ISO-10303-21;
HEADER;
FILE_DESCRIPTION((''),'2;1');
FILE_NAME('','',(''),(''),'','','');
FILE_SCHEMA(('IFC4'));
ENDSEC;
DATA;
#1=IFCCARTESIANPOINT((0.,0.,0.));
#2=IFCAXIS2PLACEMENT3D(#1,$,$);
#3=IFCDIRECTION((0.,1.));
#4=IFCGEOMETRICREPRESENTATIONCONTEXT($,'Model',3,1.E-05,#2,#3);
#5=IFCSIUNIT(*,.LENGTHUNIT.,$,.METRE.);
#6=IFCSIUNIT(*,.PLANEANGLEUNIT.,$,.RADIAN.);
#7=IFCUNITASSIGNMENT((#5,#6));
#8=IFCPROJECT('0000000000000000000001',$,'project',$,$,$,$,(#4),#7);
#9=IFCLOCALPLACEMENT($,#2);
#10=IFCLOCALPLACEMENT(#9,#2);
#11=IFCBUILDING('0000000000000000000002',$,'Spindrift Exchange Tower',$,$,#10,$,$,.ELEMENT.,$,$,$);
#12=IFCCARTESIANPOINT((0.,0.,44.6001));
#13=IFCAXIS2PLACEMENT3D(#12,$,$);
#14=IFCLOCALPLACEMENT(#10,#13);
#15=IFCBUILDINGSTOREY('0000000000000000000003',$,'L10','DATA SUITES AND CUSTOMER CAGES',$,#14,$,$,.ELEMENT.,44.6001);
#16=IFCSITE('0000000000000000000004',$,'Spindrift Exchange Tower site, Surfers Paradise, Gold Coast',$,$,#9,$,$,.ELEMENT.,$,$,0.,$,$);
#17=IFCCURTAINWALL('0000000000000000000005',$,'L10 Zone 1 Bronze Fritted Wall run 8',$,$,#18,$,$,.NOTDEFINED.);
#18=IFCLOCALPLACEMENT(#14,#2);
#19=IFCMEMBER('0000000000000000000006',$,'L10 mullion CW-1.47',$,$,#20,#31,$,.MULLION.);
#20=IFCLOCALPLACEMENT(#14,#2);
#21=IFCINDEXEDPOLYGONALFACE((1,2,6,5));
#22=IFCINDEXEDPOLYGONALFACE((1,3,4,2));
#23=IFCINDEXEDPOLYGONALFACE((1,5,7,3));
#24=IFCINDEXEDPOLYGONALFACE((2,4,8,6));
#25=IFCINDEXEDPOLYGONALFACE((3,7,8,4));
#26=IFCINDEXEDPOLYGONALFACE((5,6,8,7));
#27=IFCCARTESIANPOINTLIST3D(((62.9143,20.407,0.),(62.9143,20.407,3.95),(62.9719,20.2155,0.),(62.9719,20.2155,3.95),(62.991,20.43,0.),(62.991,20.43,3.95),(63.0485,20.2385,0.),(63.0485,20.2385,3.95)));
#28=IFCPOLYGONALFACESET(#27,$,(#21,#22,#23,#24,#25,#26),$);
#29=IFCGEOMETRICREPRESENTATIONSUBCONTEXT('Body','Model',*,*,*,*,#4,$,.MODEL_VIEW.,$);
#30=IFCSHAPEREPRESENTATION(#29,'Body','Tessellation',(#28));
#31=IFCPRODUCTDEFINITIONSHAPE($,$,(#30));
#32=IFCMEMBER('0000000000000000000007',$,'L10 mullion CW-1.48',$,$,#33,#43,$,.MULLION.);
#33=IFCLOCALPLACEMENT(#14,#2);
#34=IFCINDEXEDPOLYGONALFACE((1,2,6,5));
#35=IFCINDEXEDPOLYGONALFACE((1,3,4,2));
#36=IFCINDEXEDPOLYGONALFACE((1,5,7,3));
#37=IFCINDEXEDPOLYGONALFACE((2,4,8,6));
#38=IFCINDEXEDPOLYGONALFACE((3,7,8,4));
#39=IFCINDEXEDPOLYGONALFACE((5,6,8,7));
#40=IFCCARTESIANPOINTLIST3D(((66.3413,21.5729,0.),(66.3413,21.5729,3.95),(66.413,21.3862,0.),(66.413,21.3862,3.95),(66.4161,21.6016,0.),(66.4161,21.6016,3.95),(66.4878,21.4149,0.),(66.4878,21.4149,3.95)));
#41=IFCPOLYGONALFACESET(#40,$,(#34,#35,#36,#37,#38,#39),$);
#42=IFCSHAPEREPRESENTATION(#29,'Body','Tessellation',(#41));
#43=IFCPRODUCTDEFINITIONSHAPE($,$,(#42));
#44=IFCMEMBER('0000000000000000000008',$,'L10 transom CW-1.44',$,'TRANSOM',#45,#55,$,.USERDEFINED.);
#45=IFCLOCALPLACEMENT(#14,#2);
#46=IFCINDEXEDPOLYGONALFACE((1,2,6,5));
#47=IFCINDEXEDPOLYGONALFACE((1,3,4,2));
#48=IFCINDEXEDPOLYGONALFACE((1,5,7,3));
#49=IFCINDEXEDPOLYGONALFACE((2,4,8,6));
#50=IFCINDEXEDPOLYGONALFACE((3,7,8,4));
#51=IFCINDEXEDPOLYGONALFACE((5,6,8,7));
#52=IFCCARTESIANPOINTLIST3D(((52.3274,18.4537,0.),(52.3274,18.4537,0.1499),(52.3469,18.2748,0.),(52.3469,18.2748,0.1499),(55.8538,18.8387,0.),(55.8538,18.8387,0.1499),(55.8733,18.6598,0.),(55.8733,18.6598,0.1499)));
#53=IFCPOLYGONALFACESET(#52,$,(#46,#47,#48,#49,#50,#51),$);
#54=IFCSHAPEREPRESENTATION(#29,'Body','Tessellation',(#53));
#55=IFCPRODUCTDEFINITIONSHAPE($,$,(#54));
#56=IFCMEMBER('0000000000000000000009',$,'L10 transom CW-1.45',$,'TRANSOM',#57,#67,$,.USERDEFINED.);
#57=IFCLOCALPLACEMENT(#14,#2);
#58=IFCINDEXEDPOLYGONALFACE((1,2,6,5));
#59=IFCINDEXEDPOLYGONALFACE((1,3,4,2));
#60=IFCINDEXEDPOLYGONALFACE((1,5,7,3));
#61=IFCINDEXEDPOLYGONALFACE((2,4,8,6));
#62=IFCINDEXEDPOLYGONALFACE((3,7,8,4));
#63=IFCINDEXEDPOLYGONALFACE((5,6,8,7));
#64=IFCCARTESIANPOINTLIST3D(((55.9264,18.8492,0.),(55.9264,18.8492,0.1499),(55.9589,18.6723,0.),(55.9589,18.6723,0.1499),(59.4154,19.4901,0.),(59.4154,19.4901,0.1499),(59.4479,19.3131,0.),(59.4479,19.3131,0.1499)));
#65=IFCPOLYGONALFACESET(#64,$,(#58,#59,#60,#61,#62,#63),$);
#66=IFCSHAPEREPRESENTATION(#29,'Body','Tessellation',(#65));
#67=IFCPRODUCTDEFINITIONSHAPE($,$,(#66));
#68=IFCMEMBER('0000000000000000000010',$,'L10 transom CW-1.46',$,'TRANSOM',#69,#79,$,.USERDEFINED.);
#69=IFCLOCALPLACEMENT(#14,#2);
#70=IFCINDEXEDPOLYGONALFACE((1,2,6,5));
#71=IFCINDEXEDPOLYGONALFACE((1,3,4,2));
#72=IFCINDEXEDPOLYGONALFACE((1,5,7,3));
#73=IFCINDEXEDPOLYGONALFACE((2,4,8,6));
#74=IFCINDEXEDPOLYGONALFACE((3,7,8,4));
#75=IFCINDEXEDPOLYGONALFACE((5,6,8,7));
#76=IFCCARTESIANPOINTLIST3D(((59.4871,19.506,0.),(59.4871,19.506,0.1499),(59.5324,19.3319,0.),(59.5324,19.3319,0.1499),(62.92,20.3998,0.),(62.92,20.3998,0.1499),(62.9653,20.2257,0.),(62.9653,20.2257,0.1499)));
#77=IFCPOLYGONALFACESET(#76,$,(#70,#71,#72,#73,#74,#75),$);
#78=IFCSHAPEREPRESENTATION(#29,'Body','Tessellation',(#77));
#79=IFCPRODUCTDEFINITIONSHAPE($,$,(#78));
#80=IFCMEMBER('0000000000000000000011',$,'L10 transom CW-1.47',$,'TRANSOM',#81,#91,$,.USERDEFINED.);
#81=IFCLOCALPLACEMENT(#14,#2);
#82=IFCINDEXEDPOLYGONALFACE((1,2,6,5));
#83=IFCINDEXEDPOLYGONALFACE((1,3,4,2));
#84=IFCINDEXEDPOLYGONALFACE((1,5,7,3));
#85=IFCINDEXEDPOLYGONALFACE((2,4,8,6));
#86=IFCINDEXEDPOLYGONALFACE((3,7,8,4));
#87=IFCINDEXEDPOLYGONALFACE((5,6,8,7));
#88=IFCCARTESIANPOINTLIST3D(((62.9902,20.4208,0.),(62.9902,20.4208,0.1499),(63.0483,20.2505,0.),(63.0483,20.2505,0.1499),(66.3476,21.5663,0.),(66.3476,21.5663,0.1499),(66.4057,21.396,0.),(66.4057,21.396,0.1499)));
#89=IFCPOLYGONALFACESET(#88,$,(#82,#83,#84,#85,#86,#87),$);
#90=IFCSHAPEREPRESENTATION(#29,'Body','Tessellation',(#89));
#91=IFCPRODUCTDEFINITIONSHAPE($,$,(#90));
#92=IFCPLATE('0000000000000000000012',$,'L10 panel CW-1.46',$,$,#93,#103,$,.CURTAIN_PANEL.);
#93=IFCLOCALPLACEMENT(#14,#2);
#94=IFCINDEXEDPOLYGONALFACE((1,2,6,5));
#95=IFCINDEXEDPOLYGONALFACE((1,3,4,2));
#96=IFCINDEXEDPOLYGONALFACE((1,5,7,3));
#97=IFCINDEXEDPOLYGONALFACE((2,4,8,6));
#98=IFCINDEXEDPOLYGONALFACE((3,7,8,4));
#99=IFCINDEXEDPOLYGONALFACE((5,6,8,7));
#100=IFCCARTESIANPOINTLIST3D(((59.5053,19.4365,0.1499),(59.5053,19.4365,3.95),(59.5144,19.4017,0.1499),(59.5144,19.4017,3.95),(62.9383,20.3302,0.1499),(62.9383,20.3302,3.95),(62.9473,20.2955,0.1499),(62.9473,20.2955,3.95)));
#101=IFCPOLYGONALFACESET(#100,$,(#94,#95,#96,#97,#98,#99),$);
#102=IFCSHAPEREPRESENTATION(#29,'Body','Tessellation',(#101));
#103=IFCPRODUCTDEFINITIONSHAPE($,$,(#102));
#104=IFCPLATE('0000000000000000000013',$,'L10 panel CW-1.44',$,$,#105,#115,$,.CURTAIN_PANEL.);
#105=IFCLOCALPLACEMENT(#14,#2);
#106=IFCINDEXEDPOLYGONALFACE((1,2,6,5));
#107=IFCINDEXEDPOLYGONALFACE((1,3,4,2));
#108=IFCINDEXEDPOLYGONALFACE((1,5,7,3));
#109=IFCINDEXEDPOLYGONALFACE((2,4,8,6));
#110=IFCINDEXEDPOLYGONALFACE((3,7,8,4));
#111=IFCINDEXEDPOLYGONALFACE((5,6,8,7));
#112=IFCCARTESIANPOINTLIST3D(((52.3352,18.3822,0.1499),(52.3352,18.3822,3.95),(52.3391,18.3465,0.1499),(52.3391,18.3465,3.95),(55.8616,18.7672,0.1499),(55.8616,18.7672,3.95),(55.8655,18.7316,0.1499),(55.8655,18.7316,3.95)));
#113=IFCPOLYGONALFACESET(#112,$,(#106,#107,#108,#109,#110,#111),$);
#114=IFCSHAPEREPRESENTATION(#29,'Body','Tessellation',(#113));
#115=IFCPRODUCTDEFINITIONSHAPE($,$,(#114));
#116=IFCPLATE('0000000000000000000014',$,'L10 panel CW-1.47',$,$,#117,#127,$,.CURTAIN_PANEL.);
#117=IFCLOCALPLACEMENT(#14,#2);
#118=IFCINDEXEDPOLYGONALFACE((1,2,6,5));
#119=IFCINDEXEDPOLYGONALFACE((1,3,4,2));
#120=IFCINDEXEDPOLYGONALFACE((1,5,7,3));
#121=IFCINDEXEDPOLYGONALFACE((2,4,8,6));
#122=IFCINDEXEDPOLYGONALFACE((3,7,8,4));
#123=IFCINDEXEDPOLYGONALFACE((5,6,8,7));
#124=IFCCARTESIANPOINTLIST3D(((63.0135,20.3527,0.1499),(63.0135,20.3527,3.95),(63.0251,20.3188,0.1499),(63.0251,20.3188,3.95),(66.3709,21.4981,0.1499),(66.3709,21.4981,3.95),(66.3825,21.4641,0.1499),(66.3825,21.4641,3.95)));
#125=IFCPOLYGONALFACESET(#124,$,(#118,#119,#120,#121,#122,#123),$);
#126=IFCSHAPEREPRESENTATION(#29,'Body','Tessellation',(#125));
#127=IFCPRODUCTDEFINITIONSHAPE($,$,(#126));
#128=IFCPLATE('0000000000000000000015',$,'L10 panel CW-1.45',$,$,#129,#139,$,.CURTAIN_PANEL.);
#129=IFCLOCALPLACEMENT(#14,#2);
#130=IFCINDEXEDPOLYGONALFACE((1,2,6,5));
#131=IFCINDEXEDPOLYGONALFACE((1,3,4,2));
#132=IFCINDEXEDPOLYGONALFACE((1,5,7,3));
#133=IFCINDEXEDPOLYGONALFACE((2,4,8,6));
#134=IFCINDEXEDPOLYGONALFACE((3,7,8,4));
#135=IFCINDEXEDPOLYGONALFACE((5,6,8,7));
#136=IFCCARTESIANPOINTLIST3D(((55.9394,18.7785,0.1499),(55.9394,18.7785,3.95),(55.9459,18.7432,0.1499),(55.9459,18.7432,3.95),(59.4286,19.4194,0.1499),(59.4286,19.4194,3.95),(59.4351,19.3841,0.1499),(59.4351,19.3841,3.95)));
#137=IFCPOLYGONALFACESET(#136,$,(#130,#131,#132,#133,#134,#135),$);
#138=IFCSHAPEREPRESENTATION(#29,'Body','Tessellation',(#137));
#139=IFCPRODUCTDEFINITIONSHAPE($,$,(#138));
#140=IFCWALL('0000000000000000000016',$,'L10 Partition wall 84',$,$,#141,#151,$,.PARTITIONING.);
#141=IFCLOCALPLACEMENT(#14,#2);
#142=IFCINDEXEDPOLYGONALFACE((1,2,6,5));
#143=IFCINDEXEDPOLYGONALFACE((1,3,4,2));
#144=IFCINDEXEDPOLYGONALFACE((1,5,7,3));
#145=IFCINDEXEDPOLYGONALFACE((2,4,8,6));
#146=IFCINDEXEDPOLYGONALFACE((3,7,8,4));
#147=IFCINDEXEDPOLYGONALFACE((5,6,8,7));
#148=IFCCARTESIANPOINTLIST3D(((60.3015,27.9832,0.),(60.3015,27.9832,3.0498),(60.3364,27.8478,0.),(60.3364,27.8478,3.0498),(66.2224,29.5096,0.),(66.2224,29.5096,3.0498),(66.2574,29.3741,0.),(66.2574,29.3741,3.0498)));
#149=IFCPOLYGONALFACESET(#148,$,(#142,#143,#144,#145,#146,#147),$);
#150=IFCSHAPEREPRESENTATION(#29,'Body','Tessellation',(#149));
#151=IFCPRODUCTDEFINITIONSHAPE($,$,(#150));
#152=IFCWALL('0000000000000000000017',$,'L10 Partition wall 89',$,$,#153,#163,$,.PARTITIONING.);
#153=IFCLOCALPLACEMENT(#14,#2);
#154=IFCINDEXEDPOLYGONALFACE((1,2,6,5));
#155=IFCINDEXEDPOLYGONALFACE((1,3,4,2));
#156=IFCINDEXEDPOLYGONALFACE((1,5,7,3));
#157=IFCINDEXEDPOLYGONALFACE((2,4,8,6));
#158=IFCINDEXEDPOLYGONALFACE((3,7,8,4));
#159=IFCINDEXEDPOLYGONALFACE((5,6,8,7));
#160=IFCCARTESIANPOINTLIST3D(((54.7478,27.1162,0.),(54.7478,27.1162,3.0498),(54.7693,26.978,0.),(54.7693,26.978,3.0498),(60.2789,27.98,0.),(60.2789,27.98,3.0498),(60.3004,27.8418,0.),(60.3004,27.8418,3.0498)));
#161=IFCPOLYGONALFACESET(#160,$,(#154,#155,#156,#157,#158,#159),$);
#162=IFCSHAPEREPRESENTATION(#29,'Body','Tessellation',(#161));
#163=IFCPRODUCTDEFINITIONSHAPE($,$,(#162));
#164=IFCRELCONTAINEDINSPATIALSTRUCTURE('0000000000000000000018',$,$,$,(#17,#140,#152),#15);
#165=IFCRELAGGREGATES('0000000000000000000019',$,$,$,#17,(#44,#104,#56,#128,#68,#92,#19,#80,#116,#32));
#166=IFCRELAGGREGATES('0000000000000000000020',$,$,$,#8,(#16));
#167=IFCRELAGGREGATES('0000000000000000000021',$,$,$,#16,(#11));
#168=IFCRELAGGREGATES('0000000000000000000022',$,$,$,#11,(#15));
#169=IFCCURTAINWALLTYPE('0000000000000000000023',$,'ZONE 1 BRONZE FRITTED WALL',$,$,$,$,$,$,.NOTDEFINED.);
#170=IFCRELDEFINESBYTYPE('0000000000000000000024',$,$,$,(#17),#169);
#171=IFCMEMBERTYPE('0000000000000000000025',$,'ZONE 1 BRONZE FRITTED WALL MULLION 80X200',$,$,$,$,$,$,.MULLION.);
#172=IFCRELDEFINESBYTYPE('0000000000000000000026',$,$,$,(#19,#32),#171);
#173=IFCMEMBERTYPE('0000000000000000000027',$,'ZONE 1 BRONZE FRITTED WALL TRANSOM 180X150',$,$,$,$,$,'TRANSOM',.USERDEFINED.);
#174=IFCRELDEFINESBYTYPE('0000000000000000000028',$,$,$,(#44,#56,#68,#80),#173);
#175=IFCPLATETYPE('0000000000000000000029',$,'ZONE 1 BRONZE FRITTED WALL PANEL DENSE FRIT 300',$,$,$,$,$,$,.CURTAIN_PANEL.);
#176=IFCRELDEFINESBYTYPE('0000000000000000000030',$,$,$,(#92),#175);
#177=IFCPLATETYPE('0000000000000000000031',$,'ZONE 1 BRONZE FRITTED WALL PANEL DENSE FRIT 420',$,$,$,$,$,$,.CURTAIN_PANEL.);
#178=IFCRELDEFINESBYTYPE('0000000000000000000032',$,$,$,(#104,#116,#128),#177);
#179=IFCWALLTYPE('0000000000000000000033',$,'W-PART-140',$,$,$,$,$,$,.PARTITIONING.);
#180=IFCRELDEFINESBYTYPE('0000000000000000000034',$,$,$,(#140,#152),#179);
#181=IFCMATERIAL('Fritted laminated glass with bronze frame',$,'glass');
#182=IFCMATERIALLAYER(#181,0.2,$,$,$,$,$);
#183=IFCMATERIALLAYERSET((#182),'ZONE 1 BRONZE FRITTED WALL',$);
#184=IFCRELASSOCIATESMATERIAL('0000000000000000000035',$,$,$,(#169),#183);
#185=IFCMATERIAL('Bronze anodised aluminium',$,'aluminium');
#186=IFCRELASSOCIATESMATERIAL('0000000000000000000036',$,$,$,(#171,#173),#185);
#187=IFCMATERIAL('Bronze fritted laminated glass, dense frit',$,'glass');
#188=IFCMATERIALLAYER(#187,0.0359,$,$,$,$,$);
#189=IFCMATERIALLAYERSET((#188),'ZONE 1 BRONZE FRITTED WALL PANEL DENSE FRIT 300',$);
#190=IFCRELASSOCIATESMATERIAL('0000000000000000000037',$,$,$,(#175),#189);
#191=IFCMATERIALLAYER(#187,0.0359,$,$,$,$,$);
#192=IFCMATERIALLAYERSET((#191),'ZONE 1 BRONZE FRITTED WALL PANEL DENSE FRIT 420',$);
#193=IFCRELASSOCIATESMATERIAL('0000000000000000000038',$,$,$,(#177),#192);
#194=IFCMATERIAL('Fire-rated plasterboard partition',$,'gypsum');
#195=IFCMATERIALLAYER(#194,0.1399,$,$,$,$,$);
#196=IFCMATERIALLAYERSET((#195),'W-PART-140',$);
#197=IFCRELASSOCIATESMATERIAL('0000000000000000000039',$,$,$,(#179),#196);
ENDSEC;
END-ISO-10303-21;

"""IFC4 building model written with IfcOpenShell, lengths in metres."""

from ifc_helpers import new_model, si_unit, direction, frame, frame_2d, origin, origin_2d, place, context, subcontext, project, spatial, rectangle, extrude, source, transform, mapped, material, layer, layer_set, material_profile, profile_set, type_object, element, aggregate, save


model = new_model("IFC4")

# Units and contexts
model_context = context("Model", 3, precision=1e-05, world=origin(), true_north=direction((0.0, 1.0)))
body_context = subcontext(model_context, "Body", "Model", "MODEL_VIEW")
ifc_project = project(units=[si_unit("LENGTHUNIT", "METRE"), si_unit("PLANEANGLEUNIT", "RADIAN")], contexts=[model_context])

# Site, building, storey
site_placement = place(None, origin())
site = spatial("IfcSite", under=ifc_project, at=site_placement, Name="Spindrift Exchange Tower site, Surfers Paradise, Gold Coast", CompositionType="ELEMENT", RefElevation=0.0)
building_placement = place(site_placement, origin())
building = spatial("IfcBuilding", under=site, at=building_placement, Name="Spindrift Exchange Tower", CompositionType="ELEMENT")
storey_placement = place(building_placement, frame((0.0, 0.0, 44.6001)))
storey = spatial("IfcBuildingStorey", under=building, at=storey_placement, Name="L10", Description="DATA SUITES AND CUSTOMER CAGES", CompositionType="ELEMENT", Elevation=44.6001)

# Curtain wall, members, plates
ifc_material_1 = material(Name="Fritted laminated glass with bronze frame", Category="glass")
ifc_layer_1 = layer(ifc_material_1, 0.2)
ifc_layer_set_1 = layer_set([ifc_layer_1], Name="ZONE 1 BRONZE FRITTED WALL")
curtain_wall_type = type_object("IfcCurtainWallType", Name="ZONE 1 BRONZE FRITTED WALL", PredefinedType="NOTDEFINED", material=ifc_layer_set_1)
curtain_wall_placement = place(storey_placement, origin())
curtain_wall = element("IfcCurtainWall", 1, at=curtain_wall_placement, inside=storey, type_object=curtain_wall_type, Name="L10 Zone 1 Bronze Fritted Wall run 8", PredefinedType="NOTDEFINED")
ifc_material_2 = material(Name="Bronze anodised aluminium", Category="aluminium")
ifc_material_profile_1 = material_profile(ifc_material_2, rectangle(XDim=0.0801, YDim=0.2, at=origin_2d()), Name="ZONE 1 BRONZE FRITTED WALL MULLION 80X200")
ifc_profile_set_1 = profile_set([ifc_material_profile_1], Name="Bronze anodised aluminium")
member_type_1 = type_object("IfcMemberType", Name="ZONE 1 BRONZE FRITTED WALL MULLION 80X200", PredefinedType="MULLION", material=ifc_profile_set_1)
shared_shape_1 = source(origin(), body_context, "Body", "SweptSolid", [
    extrude(rectangle(XDim=0.0801, YDim=0.2, at=origin_2d()), origin(), (0.0, 0.0, 1.0), 3.95),
])
member_1_placement = place(storey_placement, frame((62.9814, 20.3228, 0.0), z_axis=(0.0, 0.0, 1.0), x_axis=(0.957747, 0.287611, 0.0)))
member_1 = element("IfcMember", 2, at=member_1_placement, type_object=member_type_1, Name="L10 mullion CW-1.47", PredefinedType="MULLION", context=body_context, shape_type="MappedRepresentation", body=[
    mapped(shared_shape_1, transform((0.0, 0.0, 0.0), scale=1.0)),
])
member_2_placement = place(storey_placement, frame((66.4146, 21.4939, 0.0), z_axis=(0.0, 0.0, 1.0), x_axis=(0.933505, 0.358565, 0.0)))
member_2 = element("IfcMember", 3, at=member_2_placement, type_object=member_type_1, Name="L10 mullion CW-1.48", PredefinedType="MULLION", context=body_context, shape_type="MappedRepresentation", body=[
    mapped(shared_shape_1, transform((0.0, 0.0, 0.0), scale=1.0)),
])
ifc_material_profile_2 = material_profile(ifc_material_2, rectangle(XDim=0.1799, YDim=0.1499, at=origin_2d()), Name="ZONE 1 BRONZE FRITTED WALL TRANSOM 180X150")
ifc_profile_set_2 = profile_set([ifc_material_profile_2], Name="Bronze anodised aluminium")
member_type_2 = type_object("IfcMemberType", Name="ZONE 1 BRONZE FRITTED WALL TRANSOM 180X150", ElementType="TRANSOM", PredefinedType="USERDEFINED", material=ifc_profile_set_2)
shared_shape_2 = source(origin(), body_context, "Body", "SweptSolid", [
    extrude(rectangle(XDim=0.1799, YDim=0.1499, at=origin_2d()), origin(), (0.0, 0.0, 1.0), 3.5474),
])
member_3_placement = place(storey_placement, frame((52.3372, 18.3643, 0.075), z_axis=(0.994093, 0.108535, 0.0), x_axis=(-0.108535, 0.994093, 0.0)))
member_3 = element("IfcMember", 4, at=member_3_placement, type_object=member_type_2, Name="L10 transom CW-1.44", ObjectType="TRANSOM", PredefinedType="USERDEFINED", context=body_context, shape_type="MappedRepresentation", body=[
    mapped(shared_shape_2, transform((0.0, 0.0, 0.0), scale=1.0)),
])
member_4_placement = place(storey_placement, frame((55.9426, 18.7607, 0.075), z_axis=(0.983546, 0.18066, 0.0), x_axis=(-0.18066, 0.983546, 0.0)))
member_4 = element("IfcMember", 5, at=member_4_placement, type_object=member_type_2, Name="L10 transom CW-1.45", ObjectType="TRANSOM", PredefinedType="USERDEFINED", context=body_context, shape_type="MappedRepresentation", body=[
    mapped(shared_shape_2, transform((0.0, 0.0, 0.0), scale=1.0)),
])
member_5_placement = place(storey_placement, frame((59.5098, 19.4189, 0.075), z_axis=(0.967736, 0.251965, 0.0), x_axis=(-0.251965, 0.967736, 0.0)))
member_5 = element("IfcMember", 6, at=member_5_placement, type_object=member_type_2, Name="L10 transom CW-1.46", ObjectType="TRANSOM", PredefinedType="USERDEFINED", context=body_context, shape_type="MappedRepresentation", body=[
    mapped(shared_shape_2, transform((0.0, 0.0, 0.0), scale=1.0)),
])
member_6_placement = place(storey_placement, frame((63.0193, 20.3357, 0.075), z_axis=(0.94643, 0.322909, 0.0), x_axis=(-0.322909, 0.94643, 0.0)))
member_6 = element("IfcMember", 7, at=member_6_placement, type_object=member_type_2, Name="L10 transom CW-1.47", ObjectType="TRANSOM", PredefinedType="USERDEFINED", context=body_context, shape_type="MappedRepresentation", body=[
    mapped(shared_shape_2, transform((0.0, 0.0, 0.0), scale=1.0)),
])
ifc_material_3 = material(Name="Bronze fritted laminated glass, dense frit", Category="glass")
ifc_layer_2 = layer(ifc_material_3, 0.0359)
ifc_layer_set_2 = layer_set([ifc_layer_2], Name="ZONE 1 BRONZE FRITTED WALL PANEL DENSE FRIT 300")
plate_type_1 = type_object("IfcPlateType", Name="ZONE 1 BRONZE FRITTED WALL PANEL DENSE FRIT 300", PredefinedType="CURTAIN_PANEL", material=ifc_layer_set_2)
shared_shape_3 = source(origin(), body_context, "Body", "SweptSolid", [
    extrude(rectangle(XDim=3.5474, YDim=0.0359, at=origin_2d()), origin(), (0.0, 0.0, 1.0), 3.8),
])
plate_1_placement = place(storey_placement, frame((61.2263, 19.866, 0.1499), z_axis=(0.0, 0.0, 1.0), x_axis=(0.96774, 0.251949, 0.0)))
plate_1 = element("IfcPlate", 8, at=plate_1_placement, type_object=plate_type_1, Name="L10 panel CW-1.46", PredefinedType="CURTAIN_PANEL", context=body_context, shape_type="MappedRepresentation", body=[
    mapped(shared_shape_3, transform((0.0, 0.0, 0.0), scale=1.0)),
])
ifc_layer_3 = layer(ifc_material_3, 0.0359)
ifc_layer_set_3 = layer_set([ifc_layer_3], Name="ZONE 1 BRONZE FRITTED WALL PANEL DENSE FRIT 420")
plate_type_2 = type_object("IfcPlateType", Name="ZONE 1 BRONZE FRITTED WALL PANEL DENSE FRIT 420", PredefinedType="CURTAIN_PANEL", material=ifc_layer_set_3)
shared_shape_4 = source(origin(), body_context, "Body", "SweptSolid", [
    extrude(rectangle(XDim=3.5474, YDim=0.0359, at=origin_2d()), origin(), (0.0, 0.0, 1.0), 3.8),
])
plate_2_placement = place(storey_placement, frame((54.1003, 18.5569, 0.1499), z_axis=(0.0, 0.0, 1.0), x_axis=(0.994093, 0.108534, 0.0)))
plate_2 = element("IfcPlate", 9, at=plate_2_placement, type_object=plate_type_2, Name="L10 panel CW-1.44", PredefinedType="CURTAIN_PANEL", context=body_context, shape_type="MappedRepresentation", body=[
    mapped(shared_shape_4, transform((0.0, 0.0, 0.0), scale=1.0)),
])
plate_3_placement = place(storey_placement, frame((64.698, 20.9084, 0.1499), z_axis=(0.0, 0.0, 1.0), x_axis=(0.946441, 0.322877, 0.0)))
plate_3 = element("IfcPlate", 10, at=plate_3_placement, type_object=plate_type_2, Name="L10 panel CW-1.47", PredefinedType="CURTAIN_PANEL", context=body_context, shape_type="MappedRepresentation", body=[
    mapped(shared_shape_4, transform((0.0, 0.0, 0.0), scale=1.0)),
])
shared_shape_5 = source(origin(), body_context, "Body", "SweptSolid", [
    extrude(rectangle(XDim=3.5476, YDim=0.0359, at=origin_2d()), origin(), (0.0, 0.0, 1.0), 3.8),
])
plate_4_placement = place(storey_placement, frame((57.6873, 19.0813, 0.1499), z_axis=(0.0, 0.0, 1.0), x_axis=(0.983548, 0.18065, 0.0)))
plate_4 = element("IfcPlate", 11, at=plate_4_placement, type_object=plate_type_2, Name="L10 panel CW-1.45", PredefinedType="CURTAIN_PANEL", context=body_context, shape_type="MappedRepresentation", body=[
    mapped(shared_shape_5, transform((0.0, 0.0, 0.0), scale=1.0)),
])
aggregate(curtain_wall, [member_3, plate_2, member_4, plate_4, member_5, plate_1, member_1, member_6, plate_3, member_2])

# Walls
ifc_material_4 = material(Name="Fire-rated plasterboard partition", Category="gypsum")
ifc_layer_4 = layer(ifc_material_4, 0.1399)
ifc_layer_set_4 = layer_set([ifc_layer_4], Name="W-PART-140")
wall_type = type_object("IfcWallType", Name="W-PART-140", PredefinedType="PARTITIONING", material=ifc_layer_set_4)
wall_1_placement = place(storey_placement, frame((60.3191, 27.9155, 0.0), z_axis=(0.0, 0.0, 1.0), x_axis=(0.968341, 0.249632, 0.0)))
element("IfcWall", 12, at=wall_1_placement, inside=storey, type_object=wall_type, Name="L10 Partition wall 84", PredefinedType="PARTITIONING", context=body_context, shape_type="SweptSolid", body=[
    extrude(rectangle(XDim=6.1145, YDim=0.1399, at=frame_2d((3.0571, 0.0))), origin(), (0.0, 0.0, 1.0), 3.0498),
])
wall_2_placement = place(storey_placement, frame((54.7585, 27.0471, 0.0), z_axis=(0.0, 0.0, 1.0), x_axis=(0.988024, 0.154298, 0.0)))
element("IfcWall", 13, at=wall_2_placement, inside=storey, type_object=wall_type, Name="L10 Partition wall 89", PredefinedType="PARTITIONING", context=body_context, shape_type="SweptSolid", body=[
    extrude(rectangle(XDim=5.5981, YDim=0.1399, at=frame_2d((2.7991, 0.0))), origin(), (0.0, 0.0, 1.0), 3.0498),
])

save(model, "model.ifc")
